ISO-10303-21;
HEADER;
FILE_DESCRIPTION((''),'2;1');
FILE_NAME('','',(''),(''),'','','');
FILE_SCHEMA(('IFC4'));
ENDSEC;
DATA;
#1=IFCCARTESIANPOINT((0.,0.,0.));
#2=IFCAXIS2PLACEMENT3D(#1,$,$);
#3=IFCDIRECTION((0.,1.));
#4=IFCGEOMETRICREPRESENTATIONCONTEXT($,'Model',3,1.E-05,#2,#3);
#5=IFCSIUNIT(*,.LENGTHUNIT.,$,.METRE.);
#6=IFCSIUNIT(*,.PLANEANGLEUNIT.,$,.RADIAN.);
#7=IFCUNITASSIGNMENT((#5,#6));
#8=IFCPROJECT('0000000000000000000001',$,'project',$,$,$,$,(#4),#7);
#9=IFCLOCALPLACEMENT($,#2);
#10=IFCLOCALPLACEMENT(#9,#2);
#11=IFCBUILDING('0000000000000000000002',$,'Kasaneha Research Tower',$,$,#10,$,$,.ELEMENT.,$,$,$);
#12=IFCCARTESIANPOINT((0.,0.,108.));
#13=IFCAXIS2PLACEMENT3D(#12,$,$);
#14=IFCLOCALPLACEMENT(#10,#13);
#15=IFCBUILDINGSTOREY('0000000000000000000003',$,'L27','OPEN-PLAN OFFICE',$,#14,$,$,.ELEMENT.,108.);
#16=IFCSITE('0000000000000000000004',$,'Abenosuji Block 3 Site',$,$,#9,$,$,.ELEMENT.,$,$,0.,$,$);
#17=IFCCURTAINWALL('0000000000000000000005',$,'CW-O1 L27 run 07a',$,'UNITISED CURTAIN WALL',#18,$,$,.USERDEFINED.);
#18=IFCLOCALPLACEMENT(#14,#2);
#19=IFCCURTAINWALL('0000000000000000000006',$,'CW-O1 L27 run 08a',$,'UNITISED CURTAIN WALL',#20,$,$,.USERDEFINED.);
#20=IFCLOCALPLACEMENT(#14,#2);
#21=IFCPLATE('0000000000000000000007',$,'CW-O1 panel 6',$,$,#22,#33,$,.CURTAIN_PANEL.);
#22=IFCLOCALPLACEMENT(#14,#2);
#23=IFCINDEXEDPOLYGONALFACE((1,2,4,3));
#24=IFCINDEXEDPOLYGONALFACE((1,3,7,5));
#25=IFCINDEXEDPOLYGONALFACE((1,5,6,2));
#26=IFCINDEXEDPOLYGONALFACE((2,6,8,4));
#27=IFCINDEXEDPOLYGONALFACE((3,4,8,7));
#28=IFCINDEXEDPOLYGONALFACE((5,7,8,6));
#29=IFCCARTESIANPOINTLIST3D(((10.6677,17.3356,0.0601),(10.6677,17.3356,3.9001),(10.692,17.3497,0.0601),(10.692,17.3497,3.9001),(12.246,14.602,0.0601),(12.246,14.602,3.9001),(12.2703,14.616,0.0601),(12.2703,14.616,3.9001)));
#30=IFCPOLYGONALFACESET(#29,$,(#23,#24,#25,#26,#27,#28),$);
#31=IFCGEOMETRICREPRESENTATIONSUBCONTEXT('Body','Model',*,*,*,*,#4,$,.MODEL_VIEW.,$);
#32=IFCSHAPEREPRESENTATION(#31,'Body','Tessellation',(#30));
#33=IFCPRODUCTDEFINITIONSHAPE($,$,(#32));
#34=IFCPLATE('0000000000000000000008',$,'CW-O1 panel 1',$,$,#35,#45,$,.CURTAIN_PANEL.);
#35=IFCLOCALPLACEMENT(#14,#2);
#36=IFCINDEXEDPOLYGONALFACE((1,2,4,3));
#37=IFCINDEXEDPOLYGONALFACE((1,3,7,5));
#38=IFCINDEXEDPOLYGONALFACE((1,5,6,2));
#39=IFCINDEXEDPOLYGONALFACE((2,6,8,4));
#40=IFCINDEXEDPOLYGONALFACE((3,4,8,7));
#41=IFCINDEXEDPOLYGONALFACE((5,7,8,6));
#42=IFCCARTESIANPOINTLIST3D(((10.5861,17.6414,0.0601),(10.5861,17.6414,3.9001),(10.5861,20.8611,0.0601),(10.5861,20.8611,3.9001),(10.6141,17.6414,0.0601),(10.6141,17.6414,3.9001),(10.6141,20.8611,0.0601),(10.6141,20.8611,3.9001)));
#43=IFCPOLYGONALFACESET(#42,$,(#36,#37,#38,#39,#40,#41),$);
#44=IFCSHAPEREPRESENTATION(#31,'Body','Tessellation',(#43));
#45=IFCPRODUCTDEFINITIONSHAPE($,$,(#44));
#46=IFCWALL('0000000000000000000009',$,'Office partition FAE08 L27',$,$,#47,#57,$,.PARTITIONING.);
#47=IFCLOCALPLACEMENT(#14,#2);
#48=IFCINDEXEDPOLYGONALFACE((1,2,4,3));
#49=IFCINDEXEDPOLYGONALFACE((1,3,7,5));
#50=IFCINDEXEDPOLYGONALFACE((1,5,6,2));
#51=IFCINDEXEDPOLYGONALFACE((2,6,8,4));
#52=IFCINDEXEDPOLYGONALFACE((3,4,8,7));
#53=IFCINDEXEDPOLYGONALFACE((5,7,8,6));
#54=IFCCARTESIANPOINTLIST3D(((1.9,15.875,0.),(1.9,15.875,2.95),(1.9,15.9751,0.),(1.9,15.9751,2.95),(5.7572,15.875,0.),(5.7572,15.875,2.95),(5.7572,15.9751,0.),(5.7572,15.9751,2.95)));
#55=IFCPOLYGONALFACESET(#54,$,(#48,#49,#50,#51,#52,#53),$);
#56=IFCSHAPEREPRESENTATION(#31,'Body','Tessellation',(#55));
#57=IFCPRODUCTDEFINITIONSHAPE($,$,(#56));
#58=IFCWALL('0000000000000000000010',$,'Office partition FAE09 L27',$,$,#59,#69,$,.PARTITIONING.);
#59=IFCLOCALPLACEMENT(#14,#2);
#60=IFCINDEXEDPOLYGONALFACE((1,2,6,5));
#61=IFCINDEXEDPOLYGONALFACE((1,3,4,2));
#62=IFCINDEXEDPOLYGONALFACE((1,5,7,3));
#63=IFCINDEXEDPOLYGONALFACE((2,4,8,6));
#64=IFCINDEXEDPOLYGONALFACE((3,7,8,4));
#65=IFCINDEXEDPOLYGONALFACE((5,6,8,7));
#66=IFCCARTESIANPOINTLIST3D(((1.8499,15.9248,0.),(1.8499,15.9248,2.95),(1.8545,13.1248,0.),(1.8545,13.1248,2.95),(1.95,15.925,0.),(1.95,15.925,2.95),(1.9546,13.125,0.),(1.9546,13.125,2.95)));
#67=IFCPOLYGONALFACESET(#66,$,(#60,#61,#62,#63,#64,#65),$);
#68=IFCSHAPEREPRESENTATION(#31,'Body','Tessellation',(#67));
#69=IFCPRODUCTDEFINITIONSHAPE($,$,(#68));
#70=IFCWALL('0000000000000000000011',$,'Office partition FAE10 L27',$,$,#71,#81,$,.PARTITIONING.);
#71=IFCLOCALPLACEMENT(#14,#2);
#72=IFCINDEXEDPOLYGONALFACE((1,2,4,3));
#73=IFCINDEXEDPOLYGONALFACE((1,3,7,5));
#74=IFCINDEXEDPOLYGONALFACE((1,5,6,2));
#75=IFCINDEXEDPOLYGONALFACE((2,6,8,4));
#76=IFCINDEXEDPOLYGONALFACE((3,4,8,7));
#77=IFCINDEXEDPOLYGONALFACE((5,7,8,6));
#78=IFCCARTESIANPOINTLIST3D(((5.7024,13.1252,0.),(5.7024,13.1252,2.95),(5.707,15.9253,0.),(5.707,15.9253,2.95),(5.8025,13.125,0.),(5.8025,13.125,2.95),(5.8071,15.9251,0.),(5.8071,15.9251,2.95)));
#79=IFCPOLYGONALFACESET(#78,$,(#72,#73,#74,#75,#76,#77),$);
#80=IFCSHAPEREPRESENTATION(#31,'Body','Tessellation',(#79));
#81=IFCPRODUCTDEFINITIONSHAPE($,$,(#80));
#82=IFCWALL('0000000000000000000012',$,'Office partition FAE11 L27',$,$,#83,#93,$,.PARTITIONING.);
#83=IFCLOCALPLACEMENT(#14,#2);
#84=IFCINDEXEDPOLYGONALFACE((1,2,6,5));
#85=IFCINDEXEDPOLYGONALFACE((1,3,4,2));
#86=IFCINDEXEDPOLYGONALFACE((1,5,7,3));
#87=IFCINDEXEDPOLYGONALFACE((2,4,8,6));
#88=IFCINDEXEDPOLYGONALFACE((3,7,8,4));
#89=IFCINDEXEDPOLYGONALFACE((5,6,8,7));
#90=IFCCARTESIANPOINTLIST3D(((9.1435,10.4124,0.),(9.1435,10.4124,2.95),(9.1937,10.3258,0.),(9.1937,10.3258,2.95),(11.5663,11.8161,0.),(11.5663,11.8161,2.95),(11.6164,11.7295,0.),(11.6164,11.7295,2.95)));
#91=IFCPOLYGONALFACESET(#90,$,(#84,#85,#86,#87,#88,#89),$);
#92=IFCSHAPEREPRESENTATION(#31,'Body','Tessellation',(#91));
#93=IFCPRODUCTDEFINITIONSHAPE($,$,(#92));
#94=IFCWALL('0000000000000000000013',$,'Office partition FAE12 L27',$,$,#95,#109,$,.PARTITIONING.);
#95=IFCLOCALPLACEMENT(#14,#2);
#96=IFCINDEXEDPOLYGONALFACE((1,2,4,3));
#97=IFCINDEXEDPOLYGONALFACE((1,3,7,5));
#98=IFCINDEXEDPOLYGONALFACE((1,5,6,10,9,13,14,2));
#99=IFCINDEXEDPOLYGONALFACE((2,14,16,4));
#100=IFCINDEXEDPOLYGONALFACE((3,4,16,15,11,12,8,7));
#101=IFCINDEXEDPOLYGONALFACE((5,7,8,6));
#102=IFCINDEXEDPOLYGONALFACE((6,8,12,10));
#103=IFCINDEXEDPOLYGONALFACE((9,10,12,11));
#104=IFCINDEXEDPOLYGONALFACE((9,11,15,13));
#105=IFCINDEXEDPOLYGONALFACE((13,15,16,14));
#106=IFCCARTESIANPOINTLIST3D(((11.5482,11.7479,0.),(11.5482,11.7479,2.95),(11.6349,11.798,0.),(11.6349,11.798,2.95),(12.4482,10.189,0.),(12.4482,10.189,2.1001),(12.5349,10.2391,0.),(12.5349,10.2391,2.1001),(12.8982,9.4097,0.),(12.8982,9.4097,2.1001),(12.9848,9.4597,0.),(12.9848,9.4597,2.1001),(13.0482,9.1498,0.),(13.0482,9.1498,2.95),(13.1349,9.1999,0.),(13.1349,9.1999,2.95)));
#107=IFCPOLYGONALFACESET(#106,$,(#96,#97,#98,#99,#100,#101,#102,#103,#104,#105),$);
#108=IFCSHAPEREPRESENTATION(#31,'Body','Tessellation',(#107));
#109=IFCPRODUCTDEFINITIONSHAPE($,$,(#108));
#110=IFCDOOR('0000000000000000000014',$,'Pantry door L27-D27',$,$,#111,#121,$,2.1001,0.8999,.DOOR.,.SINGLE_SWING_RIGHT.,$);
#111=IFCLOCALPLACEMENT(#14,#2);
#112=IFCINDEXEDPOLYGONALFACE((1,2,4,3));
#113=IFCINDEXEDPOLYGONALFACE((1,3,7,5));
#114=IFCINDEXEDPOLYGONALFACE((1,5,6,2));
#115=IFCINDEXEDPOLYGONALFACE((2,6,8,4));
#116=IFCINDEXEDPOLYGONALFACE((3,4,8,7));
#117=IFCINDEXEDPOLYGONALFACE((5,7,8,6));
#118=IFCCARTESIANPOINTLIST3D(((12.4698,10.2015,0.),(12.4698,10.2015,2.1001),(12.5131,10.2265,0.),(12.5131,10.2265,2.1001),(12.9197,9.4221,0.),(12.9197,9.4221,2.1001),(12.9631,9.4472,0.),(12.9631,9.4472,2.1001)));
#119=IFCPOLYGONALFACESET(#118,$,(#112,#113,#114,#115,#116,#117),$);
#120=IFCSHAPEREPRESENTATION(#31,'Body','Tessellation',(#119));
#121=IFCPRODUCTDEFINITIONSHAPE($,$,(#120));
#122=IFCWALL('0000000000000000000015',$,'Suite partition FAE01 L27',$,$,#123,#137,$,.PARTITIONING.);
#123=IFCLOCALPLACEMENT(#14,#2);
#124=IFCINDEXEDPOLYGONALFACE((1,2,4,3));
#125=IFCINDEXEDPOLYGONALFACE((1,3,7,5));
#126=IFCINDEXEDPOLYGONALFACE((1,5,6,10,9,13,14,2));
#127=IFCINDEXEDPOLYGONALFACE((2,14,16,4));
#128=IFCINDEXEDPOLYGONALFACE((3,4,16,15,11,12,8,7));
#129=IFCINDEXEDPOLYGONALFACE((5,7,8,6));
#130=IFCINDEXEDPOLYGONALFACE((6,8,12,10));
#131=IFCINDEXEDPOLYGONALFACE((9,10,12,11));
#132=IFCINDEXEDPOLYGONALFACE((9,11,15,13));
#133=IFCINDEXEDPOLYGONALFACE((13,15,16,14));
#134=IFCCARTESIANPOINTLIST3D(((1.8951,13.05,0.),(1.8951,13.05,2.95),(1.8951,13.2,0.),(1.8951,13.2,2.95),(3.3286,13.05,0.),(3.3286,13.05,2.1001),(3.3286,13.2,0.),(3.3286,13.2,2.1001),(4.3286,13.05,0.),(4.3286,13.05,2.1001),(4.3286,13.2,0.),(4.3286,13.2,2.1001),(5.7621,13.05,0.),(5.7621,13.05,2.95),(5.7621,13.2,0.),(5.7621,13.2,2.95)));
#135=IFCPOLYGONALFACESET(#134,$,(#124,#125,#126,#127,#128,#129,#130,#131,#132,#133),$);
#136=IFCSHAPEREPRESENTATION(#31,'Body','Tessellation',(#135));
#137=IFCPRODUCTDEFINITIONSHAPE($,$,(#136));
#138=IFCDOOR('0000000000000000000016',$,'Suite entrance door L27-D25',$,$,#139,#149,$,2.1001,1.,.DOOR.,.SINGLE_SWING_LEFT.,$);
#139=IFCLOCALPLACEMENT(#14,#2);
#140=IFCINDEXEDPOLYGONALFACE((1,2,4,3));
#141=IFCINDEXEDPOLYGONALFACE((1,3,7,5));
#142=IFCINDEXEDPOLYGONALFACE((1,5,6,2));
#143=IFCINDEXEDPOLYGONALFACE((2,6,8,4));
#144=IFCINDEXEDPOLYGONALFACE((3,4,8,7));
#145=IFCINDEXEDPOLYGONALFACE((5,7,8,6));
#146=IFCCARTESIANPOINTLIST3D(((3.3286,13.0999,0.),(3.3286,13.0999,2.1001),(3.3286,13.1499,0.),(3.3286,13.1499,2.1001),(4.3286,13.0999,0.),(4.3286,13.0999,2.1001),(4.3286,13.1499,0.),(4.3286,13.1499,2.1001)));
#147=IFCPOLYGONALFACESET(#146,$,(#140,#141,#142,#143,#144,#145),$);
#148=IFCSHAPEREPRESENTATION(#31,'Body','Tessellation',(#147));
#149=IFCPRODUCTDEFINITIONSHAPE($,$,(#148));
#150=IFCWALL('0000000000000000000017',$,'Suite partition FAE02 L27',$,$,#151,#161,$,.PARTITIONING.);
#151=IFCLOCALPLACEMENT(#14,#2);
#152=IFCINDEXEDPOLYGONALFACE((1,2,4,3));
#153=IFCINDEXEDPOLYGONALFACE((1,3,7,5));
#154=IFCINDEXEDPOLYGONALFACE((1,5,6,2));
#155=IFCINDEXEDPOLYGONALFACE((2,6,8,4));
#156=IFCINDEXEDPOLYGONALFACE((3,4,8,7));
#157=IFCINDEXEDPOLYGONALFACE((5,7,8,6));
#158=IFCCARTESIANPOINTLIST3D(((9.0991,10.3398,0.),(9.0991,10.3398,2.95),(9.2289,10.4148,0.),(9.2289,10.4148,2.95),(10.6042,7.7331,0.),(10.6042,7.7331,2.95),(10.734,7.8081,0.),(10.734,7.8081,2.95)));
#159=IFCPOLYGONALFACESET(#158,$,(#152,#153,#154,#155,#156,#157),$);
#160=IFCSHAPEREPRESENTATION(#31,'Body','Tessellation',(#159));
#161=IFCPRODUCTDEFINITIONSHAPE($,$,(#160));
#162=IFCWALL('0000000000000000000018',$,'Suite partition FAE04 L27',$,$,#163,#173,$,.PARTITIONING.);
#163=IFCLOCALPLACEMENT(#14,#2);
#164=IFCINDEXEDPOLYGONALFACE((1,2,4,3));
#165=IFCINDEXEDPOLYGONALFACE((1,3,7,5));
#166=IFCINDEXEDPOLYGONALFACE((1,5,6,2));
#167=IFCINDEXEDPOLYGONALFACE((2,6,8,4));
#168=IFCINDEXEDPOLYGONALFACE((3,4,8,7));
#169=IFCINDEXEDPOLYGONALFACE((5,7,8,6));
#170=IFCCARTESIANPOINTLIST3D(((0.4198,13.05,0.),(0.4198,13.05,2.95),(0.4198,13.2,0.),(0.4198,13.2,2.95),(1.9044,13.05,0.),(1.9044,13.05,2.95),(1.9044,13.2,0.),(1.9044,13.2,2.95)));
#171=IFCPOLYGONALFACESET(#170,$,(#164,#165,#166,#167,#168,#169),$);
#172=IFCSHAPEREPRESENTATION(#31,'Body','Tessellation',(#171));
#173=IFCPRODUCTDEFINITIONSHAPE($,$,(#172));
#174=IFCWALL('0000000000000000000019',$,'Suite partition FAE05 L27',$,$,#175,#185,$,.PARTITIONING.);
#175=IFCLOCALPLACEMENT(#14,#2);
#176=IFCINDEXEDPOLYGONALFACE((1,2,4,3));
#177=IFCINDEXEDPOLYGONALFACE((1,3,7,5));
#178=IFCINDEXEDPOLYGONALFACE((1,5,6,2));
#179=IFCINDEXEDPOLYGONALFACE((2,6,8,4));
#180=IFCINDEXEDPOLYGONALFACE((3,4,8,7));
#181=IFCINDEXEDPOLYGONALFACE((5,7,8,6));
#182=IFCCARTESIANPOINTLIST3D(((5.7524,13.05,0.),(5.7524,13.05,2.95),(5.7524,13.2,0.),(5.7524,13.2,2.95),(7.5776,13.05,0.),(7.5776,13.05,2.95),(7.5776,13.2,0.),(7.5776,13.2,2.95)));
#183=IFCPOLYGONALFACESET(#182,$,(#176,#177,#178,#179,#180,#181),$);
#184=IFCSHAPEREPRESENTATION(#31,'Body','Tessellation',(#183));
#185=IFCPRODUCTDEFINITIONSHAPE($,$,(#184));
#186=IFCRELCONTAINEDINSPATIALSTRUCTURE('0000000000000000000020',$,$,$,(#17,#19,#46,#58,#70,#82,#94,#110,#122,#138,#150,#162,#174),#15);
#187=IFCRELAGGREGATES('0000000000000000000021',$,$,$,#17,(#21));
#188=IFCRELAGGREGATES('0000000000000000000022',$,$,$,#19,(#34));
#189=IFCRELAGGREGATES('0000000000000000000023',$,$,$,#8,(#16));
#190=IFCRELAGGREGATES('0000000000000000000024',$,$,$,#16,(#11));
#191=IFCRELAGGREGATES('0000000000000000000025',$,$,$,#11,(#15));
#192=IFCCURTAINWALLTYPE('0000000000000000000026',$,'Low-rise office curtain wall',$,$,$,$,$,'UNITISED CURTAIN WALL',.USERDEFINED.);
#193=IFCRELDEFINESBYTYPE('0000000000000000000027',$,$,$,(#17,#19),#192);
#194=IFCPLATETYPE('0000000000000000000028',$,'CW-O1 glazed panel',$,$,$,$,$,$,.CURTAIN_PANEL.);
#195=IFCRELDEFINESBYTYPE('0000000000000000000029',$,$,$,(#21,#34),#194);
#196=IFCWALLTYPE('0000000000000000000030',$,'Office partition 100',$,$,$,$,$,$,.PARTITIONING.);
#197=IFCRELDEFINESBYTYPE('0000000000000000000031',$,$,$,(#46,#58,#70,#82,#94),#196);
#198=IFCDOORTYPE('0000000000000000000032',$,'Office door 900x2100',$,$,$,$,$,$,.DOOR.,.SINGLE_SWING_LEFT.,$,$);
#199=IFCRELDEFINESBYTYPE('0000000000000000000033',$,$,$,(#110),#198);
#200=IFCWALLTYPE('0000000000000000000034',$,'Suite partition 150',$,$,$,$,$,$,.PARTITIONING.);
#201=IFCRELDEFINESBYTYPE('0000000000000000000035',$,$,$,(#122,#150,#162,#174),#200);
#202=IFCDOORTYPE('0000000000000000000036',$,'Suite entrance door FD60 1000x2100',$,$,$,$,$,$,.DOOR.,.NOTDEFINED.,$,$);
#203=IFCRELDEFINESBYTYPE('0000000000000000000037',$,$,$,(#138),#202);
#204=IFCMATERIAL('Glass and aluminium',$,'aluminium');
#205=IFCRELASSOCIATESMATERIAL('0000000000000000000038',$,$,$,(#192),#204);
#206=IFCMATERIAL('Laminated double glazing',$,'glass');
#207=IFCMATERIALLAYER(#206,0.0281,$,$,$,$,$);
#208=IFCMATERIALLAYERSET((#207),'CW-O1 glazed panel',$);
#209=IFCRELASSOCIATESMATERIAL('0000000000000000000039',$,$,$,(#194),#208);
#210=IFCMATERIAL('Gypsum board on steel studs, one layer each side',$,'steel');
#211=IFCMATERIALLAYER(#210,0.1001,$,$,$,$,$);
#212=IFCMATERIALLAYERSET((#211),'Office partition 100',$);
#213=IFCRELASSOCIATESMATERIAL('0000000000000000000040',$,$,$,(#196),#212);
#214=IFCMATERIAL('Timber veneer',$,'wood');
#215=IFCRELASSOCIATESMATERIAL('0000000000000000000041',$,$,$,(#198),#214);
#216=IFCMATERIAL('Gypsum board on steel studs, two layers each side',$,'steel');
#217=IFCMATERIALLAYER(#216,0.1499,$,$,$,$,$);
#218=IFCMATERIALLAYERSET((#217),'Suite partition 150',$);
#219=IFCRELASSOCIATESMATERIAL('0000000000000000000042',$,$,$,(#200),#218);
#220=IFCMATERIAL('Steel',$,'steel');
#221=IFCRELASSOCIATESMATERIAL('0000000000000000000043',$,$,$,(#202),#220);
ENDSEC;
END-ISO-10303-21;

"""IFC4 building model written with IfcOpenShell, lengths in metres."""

from ifc_helpers import new_model, si_unit, direction, frame, frame_2d, origin, origin_2d, place, context, subcontext, project, spatial, rectangle, extrude, material, layer, layer_set, type_object, element, fill, aggregate, save


model = new_model("IFC4")

# Units and contexts
model_context = context("Model", 3, precision=1e-05, world=origin(), true_north=direction((0.0, 1.0)))
body_context = subcontext(model_context, "Body", "Model", "MODEL_VIEW")
ifc_project = project(units=[si_unit("LENGTHUNIT", "METRE"), si_unit("PLANEANGLEUNIT", "RADIAN")], contexts=[model_context])

# Site, building, storey
site_placement = place(None, origin())
site = spatial("IfcSite", under=ifc_project, at=site_placement, Name="Abenosuji Block 3 Site", CompositionType="ELEMENT", RefElevation=0.0)
building_placement = place(site_placement, origin())
building = spatial("IfcBuilding", under=site, at=building_placement, Name="Kasaneha Research Tower", CompositionType="ELEMENT")
storey_placement = place(building_placement, frame((0.0, 0.0, 108.0)))
storey = spatial("IfcBuildingStorey", under=building, at=storey_placement, Name="L27", Description="OPEN-PLAN OFFICE", CompositionType="ELEMENT", Elevation=108.0)

# Curtain walls
ifc_material_1 = material(Name="Glass and aluminium", Category="aluminium")
curtain_wall_type = type_object("IfcCurtainWallType", Name="Low-rise office curtain wall", ElementType="UNITISED CURTAIN WALL", PredefinedType="USERDEFINED", material=ifc_material_1)
curtain_wall_1_placement = place(storey_placement, origin())
curtain_wall_1 = element("IfcCurtainWall", 1, at=curtain_wall_1_placement, inside=storey, type_object=curtain_wall_type, Name="CW-O1 L27 run 07a", ObjectType="UNITISED CURTAIN WALL", PredefinedType="USERDEFINED")
curtain_wall_2_placement = place(storey_placement, origin())
curtain_wall_2 = element("IfcCurtainWall", 2, at=curtain_wall_2_placement, inside=storey, type_object=curtain_wall_type, Name="CW-O1 L27 run 08a", ObjectType="UNITISED CURTAIN WALL", PredefinedType="USERDEFINED")

# Plates
ifc_material_2 = material(Name="Laminated double glazing", Category="glass")
ifc_layer_1 = layer(ifc_material_2, 0.0281)
ifc_layer_set_1 = layer_set([ifc_layer_1], Name="CW-O1 glazed panel")
plate_type = type_object("IfcPlateType", Name="CW-O1 glazed panel", PredefinedType="CURTAIN_PANEL", material=ifc_layer_set_1)
plate_1_placement = place(storey_placement, frame((11.469, 15.9758, 0.0601), z_axis=(0.0, 0.0, 1.0), x_axis=(-0.5, 0.866025, 0.0)))
plate_1 = element("IfcPlate", 3, at=plate_1_placement, type_object=plate_type, Name="CW-O1 panel 6", PredefinedType="CURTAIN_PANEL", context=body_context, shape_type="SweptSolid", body=[
    extrude(rectangle(XDim=3.1565, YDim=0.0281, at=origin_2d()), origin(), (0.0, 0.0, 1.0), 3.8401),
])
aggregate(curtain_wall_1, [plate_1])
plate_2_placement = place(storey_placement, frame((10.6001, 19.2512, 0.0601), z_axis=(0.0, 0.0, 1.0), x_axis=(0.0, 1.0, 0.0)))
plate_2 = element("IfcPlate", 4, at=plate_2_placement, type_object=plate_type, Name="CW-O1 panel 1", PredefinedType="CURTAIN_PANEL", context=body_context, shape_type="SweptSolid", body=[
    extrude(rectangle(XDim=3.2197, YDim=0.0281, at=origin_2d()), origin(), (0.0, 0.0, 1.0), 3.8401),
])
aggregate(curtain_wall_2, [plate_2])

# Walls
ifc_material_3 = material(Name="Gypsum board on steel studs, one layer each side", Category="steel")
ifc_layer_2 = layer(ifc_material_3, 0.1001)
ifc_layer_set_2 = layer_set([ifc_layer_2], Name="Office partition 100")
wall_type_1 = type_object("IfcWallType", Name="Office partition 100", PredefinedType="PARTITIONING", material=ifc_layer_set_2)
wall_1_placement = place(storey_placement, frame((1.8999, 15.925, 0.0), z_axis=(0.0, 0.0, 1.0), x_axis=(1.0, 0.0, 0.0)))
element("IfcWall", 5, at=wall_1_placement, inside=storey, type_object=wall_type_1, Name="Office partition FAE08 L27", PredefinedType="PARTITIONING", context=body_context, shape_type="SweptSolid", body=[
    extrude(rectangle(XDim=3.8572, YDim=0.1001, at=frame_2d((1.9287, 0.0))), origin(), (0.0, 0.0, 1.0), 2.95),
])
for number, where, z_axis, x_axis, name in (
    (6, (1.9045, 13.125, 0.0), (0.0, 0.0, 1.0), (-0.001657, 0.999999, 0.0), "Office partition FAE09 L27"),
    (7, (5.7571, 15.925, 0.0), (0.0, 0.0, 1.0), (-0.001657, -0.999999, 0.0), "Office partition FAE10 L27"),
    (8, (9.1687, 10.3691, 0.0), (0.0, 0.0, 1.0), (0.865255, 0.501332, 0.0), "Office partition FAE11 L27"),
):
    element("IfcWall", number, at=place(storey_placement, frame(where, z_axis=z_axis, x_axis=x_axis)), inside=storey, type_object=wall_type_1, Name=name, PredefinedType="PARTITIONING", context=body_context, shape_type="SweptSolid", body=[
        extrude(rectangle(XDim=2.8, YDim=0.1001, at=frame_2d((1.3999, 0.0))), origin(), (0.0, 0.0, 1.0), 2.95),
    ])

# Walls, openings, doors
wall_2_placement = place(storey_placement, frame((11.5916, 11.7729, 0.0), z_axis=(0.0, 0.0, 1.0), x_axis=(0.49999, -0.866031, 0.0)))
wall_2 = element("IfcWall", 9, at=wall_2_placement, inside=storey, type_object=wall_type_1, Name="Office partition FAE12 L27", PredefinedType="PARTITIONING", context=body_context, shape_type="SweptSolid", body=[
    extrude(rectangle(XDim=3.0, YDim=0.1001, at=frame_2d((1.5, 0.0))), origin(), (0.0, 0.0, 1.0), 2.95),
])
opening_1_placement = place(wall_2_placement, frame((1.8, 0.0, 0.0)))
opening_1 = element("IfcOpeningElement", 10, at=opening_1_placement, cuts=wall_2, PredefinedType="OPENING", context=body_context, shape_type="SweptSolid", body=[
    extrude(rectangle(XDim=0.8999, YDim=2.1001, at=frame_2d((0.45, 1.05))), frame((0.0, 0.0601, 0.0), z_axis=(0.0, -1.0, 0.0), x_axis=(1.0, 0.0, 0.0)), (0.0, 0.0, 1.0), 0.1201),
])
ifc_material_4 = material(Name="Timber veneer", Category="wood")
door_type_1 = type_object("IfcDoorType", Name="Office door 900x2100", OperationType="SINGLE_SWING_LEFT", PredefinedType="DOOR", material=ifc_material_4)
door_1_placement = place(opening_1_placement, origin())
door_1 = element("IfcDoor", 11, at=door_1_placement, inside=storey, type_object=door_type_1, Name="Pantry door L27-D27", OperationType="SINGLE_SWING_RIGHT", OverallHeight=2.1001, OverallWidth=0.8999, PredefinedType="DOOR", context=body_context, shape_type="SweptSolid", body=[
    extrude(rectangle(XDim=0.8999, YDim=2.1001, at=frame_2d((0.45, 1.05))), frame((0.0, 0.0249, 0.0), z_axis=(0.0, -1.0, 0.0), x_axis=(1.0, 0.0, 0.0)), (0.0, 0.0, 1.0), 0.05),
])
fill(opening_1, door_1)
ifc_material_5 = material(Name="Gypsum board on steel studs, two layers each side", Category="steel")
ifc_layer_3 = layer(ifc_material_5, 0.1499)
ifc_layer_set_3 = layer_set([ifc_layer_3], Name="Suite partition 150")
wall_type_2 = type_object("IfcWallType", Name="Suite partition 150", PredefinedType="PARTITIONING", material=ifc_layer_set_3)
wall_3_placement = place(storey_placement, frame((1.895, 13.125, 0.0), z_axis=(0.0, 0.0, 1.0), x_axis=(1.0, 0.0, 0.0)))
wall_3 = element("IfcWall", 12, at=wall_3_placement, inside=storey, type_object=wall_type_2, Name="Suite partition FAE01 L27", PredefinedType="PARTITIONING", context=body_context, shape_type="SweptSolid", body=[
    extrude(rectangle(XDim=3.8669, YDim=0.1499, at=frame_2d((1.9336, 0.0))), origin(), (0.0, 0.0, 1.0), 2.95),
])
opening_2_placement = place(wall_3_placement, frame((1.4336, 0.0, 0.0)))
opening_2 = element("IfcOpeningElement", 13, at=opening_2_placement, cuts=wall_3, PredefinedType="OPENING", context=body_context, shape_type="SweptSolid", body=[
    extrude(rectangle(XDim=1.0, YDim=2.1001, at=frame_2d((0.5, 1.05))), frame((0.0, 0.085, 0.0), z_axis=(0.0, -1.0, 0.0), x_axis=(1.0, 0.0, 0.0)), (0.0, 0.0, 1.0), 0.1699),
])
ifc_material_6 = material(Name="Steel", Category="steel")
door_type_2 = type_object("IfcDoorType", Name="Suite entrance door FD60 1000x2100", OperationType="NOTDEFINED", PredefinedType="DOOR", material=ifc_material_6)
door_2_placement = place(opening_2_placement, origin())
door_2 = element("IfcDoor", 14, at=door_2_placement, inside=storey, type_object=door_type_2, Name="Suite entrance door L27-D25", OperationType="SINGLE_SWING_LEFT", OverallHeight=2.1001, OverallWidth=1.0, PredefinedType="DOOR", context=body_context, shape_type="SweptSolid", body=[
    extrude(rectangle(XDim=1.0, YDim=2.1001, at=frame_2d((0.5, 1.05))), frame((0.0, 0.0249, 0.0), z_axis=(0.0, -1.0, 0.0), x_axis=(1.0, 0.0, 0.0)), (0.0, 0.0, 1.0), 0.05),
])
fill(opening_2, door_2)

# Walls
wall_4_placement = place(storey_placement, frame((9.1641, 10.3772, 0.0), z_axis=(0.0, 0.0, 1.0), x_axis=(0.500038, -0.866003, 0.0)))
element("IfcWall", 15, at=wall_4_placement, inside=storey, type_object=wall_type_2, Name="Suite partition FAE02 L27", PredefinedType="PARTITIONING", context=body_context, shape_type="SweptSolid", body=[
    extrude(rectangle(XDim=3.01, YDim=0.1499, at=frame_2d((1.5049, 0.0))), origin(), (0.0, 0.0, 1.0), 2.95),
])
wall_5_placement = place(storey_placement, frame((0.4199, 13.125, 0.0), z_axis=(0.0, 0.0, 1.0), x_axis=(1.0, 0.0, 0.0)))
element("IfcWall", 16, at=wall_5_placement, inside=storey, type_object=wall_type_2, Name="Suite partition FAE04 L27", PredefinedType="PARTITIONING", context=body_context, shape_type="SweptSolid", body=[
    extrude(rectangle(XDim=1.4846, YDim=0.1499, at=frame_2d((0.7422, 0.0))), origin(), (0.0, 0.0, 1.0), 2.95),
])
wall_6_placement = place(storey_placement, frame((5.7524, 13.125, 0.0), z_axis=(0.0, 0.0, 1.0), x_axis=(1.0, 0.0, 0.0)))
element("IfcWall", 17, at=wall_6_placement, inside=storey, type_object=wall_type_2, Name="Suite partition FAE05 L27", PredefinedType="PARTITIONING", context=body_context, shape_type="SweptSolid", body=[
    extrude(rectangle(XDim=1.8252, YDim=0.1499, at=frame_2d((0.9126, 0.0))), origin(), (0.0, 0.0, 1.0), 2.95),
])

save(model, "model.ifc")
